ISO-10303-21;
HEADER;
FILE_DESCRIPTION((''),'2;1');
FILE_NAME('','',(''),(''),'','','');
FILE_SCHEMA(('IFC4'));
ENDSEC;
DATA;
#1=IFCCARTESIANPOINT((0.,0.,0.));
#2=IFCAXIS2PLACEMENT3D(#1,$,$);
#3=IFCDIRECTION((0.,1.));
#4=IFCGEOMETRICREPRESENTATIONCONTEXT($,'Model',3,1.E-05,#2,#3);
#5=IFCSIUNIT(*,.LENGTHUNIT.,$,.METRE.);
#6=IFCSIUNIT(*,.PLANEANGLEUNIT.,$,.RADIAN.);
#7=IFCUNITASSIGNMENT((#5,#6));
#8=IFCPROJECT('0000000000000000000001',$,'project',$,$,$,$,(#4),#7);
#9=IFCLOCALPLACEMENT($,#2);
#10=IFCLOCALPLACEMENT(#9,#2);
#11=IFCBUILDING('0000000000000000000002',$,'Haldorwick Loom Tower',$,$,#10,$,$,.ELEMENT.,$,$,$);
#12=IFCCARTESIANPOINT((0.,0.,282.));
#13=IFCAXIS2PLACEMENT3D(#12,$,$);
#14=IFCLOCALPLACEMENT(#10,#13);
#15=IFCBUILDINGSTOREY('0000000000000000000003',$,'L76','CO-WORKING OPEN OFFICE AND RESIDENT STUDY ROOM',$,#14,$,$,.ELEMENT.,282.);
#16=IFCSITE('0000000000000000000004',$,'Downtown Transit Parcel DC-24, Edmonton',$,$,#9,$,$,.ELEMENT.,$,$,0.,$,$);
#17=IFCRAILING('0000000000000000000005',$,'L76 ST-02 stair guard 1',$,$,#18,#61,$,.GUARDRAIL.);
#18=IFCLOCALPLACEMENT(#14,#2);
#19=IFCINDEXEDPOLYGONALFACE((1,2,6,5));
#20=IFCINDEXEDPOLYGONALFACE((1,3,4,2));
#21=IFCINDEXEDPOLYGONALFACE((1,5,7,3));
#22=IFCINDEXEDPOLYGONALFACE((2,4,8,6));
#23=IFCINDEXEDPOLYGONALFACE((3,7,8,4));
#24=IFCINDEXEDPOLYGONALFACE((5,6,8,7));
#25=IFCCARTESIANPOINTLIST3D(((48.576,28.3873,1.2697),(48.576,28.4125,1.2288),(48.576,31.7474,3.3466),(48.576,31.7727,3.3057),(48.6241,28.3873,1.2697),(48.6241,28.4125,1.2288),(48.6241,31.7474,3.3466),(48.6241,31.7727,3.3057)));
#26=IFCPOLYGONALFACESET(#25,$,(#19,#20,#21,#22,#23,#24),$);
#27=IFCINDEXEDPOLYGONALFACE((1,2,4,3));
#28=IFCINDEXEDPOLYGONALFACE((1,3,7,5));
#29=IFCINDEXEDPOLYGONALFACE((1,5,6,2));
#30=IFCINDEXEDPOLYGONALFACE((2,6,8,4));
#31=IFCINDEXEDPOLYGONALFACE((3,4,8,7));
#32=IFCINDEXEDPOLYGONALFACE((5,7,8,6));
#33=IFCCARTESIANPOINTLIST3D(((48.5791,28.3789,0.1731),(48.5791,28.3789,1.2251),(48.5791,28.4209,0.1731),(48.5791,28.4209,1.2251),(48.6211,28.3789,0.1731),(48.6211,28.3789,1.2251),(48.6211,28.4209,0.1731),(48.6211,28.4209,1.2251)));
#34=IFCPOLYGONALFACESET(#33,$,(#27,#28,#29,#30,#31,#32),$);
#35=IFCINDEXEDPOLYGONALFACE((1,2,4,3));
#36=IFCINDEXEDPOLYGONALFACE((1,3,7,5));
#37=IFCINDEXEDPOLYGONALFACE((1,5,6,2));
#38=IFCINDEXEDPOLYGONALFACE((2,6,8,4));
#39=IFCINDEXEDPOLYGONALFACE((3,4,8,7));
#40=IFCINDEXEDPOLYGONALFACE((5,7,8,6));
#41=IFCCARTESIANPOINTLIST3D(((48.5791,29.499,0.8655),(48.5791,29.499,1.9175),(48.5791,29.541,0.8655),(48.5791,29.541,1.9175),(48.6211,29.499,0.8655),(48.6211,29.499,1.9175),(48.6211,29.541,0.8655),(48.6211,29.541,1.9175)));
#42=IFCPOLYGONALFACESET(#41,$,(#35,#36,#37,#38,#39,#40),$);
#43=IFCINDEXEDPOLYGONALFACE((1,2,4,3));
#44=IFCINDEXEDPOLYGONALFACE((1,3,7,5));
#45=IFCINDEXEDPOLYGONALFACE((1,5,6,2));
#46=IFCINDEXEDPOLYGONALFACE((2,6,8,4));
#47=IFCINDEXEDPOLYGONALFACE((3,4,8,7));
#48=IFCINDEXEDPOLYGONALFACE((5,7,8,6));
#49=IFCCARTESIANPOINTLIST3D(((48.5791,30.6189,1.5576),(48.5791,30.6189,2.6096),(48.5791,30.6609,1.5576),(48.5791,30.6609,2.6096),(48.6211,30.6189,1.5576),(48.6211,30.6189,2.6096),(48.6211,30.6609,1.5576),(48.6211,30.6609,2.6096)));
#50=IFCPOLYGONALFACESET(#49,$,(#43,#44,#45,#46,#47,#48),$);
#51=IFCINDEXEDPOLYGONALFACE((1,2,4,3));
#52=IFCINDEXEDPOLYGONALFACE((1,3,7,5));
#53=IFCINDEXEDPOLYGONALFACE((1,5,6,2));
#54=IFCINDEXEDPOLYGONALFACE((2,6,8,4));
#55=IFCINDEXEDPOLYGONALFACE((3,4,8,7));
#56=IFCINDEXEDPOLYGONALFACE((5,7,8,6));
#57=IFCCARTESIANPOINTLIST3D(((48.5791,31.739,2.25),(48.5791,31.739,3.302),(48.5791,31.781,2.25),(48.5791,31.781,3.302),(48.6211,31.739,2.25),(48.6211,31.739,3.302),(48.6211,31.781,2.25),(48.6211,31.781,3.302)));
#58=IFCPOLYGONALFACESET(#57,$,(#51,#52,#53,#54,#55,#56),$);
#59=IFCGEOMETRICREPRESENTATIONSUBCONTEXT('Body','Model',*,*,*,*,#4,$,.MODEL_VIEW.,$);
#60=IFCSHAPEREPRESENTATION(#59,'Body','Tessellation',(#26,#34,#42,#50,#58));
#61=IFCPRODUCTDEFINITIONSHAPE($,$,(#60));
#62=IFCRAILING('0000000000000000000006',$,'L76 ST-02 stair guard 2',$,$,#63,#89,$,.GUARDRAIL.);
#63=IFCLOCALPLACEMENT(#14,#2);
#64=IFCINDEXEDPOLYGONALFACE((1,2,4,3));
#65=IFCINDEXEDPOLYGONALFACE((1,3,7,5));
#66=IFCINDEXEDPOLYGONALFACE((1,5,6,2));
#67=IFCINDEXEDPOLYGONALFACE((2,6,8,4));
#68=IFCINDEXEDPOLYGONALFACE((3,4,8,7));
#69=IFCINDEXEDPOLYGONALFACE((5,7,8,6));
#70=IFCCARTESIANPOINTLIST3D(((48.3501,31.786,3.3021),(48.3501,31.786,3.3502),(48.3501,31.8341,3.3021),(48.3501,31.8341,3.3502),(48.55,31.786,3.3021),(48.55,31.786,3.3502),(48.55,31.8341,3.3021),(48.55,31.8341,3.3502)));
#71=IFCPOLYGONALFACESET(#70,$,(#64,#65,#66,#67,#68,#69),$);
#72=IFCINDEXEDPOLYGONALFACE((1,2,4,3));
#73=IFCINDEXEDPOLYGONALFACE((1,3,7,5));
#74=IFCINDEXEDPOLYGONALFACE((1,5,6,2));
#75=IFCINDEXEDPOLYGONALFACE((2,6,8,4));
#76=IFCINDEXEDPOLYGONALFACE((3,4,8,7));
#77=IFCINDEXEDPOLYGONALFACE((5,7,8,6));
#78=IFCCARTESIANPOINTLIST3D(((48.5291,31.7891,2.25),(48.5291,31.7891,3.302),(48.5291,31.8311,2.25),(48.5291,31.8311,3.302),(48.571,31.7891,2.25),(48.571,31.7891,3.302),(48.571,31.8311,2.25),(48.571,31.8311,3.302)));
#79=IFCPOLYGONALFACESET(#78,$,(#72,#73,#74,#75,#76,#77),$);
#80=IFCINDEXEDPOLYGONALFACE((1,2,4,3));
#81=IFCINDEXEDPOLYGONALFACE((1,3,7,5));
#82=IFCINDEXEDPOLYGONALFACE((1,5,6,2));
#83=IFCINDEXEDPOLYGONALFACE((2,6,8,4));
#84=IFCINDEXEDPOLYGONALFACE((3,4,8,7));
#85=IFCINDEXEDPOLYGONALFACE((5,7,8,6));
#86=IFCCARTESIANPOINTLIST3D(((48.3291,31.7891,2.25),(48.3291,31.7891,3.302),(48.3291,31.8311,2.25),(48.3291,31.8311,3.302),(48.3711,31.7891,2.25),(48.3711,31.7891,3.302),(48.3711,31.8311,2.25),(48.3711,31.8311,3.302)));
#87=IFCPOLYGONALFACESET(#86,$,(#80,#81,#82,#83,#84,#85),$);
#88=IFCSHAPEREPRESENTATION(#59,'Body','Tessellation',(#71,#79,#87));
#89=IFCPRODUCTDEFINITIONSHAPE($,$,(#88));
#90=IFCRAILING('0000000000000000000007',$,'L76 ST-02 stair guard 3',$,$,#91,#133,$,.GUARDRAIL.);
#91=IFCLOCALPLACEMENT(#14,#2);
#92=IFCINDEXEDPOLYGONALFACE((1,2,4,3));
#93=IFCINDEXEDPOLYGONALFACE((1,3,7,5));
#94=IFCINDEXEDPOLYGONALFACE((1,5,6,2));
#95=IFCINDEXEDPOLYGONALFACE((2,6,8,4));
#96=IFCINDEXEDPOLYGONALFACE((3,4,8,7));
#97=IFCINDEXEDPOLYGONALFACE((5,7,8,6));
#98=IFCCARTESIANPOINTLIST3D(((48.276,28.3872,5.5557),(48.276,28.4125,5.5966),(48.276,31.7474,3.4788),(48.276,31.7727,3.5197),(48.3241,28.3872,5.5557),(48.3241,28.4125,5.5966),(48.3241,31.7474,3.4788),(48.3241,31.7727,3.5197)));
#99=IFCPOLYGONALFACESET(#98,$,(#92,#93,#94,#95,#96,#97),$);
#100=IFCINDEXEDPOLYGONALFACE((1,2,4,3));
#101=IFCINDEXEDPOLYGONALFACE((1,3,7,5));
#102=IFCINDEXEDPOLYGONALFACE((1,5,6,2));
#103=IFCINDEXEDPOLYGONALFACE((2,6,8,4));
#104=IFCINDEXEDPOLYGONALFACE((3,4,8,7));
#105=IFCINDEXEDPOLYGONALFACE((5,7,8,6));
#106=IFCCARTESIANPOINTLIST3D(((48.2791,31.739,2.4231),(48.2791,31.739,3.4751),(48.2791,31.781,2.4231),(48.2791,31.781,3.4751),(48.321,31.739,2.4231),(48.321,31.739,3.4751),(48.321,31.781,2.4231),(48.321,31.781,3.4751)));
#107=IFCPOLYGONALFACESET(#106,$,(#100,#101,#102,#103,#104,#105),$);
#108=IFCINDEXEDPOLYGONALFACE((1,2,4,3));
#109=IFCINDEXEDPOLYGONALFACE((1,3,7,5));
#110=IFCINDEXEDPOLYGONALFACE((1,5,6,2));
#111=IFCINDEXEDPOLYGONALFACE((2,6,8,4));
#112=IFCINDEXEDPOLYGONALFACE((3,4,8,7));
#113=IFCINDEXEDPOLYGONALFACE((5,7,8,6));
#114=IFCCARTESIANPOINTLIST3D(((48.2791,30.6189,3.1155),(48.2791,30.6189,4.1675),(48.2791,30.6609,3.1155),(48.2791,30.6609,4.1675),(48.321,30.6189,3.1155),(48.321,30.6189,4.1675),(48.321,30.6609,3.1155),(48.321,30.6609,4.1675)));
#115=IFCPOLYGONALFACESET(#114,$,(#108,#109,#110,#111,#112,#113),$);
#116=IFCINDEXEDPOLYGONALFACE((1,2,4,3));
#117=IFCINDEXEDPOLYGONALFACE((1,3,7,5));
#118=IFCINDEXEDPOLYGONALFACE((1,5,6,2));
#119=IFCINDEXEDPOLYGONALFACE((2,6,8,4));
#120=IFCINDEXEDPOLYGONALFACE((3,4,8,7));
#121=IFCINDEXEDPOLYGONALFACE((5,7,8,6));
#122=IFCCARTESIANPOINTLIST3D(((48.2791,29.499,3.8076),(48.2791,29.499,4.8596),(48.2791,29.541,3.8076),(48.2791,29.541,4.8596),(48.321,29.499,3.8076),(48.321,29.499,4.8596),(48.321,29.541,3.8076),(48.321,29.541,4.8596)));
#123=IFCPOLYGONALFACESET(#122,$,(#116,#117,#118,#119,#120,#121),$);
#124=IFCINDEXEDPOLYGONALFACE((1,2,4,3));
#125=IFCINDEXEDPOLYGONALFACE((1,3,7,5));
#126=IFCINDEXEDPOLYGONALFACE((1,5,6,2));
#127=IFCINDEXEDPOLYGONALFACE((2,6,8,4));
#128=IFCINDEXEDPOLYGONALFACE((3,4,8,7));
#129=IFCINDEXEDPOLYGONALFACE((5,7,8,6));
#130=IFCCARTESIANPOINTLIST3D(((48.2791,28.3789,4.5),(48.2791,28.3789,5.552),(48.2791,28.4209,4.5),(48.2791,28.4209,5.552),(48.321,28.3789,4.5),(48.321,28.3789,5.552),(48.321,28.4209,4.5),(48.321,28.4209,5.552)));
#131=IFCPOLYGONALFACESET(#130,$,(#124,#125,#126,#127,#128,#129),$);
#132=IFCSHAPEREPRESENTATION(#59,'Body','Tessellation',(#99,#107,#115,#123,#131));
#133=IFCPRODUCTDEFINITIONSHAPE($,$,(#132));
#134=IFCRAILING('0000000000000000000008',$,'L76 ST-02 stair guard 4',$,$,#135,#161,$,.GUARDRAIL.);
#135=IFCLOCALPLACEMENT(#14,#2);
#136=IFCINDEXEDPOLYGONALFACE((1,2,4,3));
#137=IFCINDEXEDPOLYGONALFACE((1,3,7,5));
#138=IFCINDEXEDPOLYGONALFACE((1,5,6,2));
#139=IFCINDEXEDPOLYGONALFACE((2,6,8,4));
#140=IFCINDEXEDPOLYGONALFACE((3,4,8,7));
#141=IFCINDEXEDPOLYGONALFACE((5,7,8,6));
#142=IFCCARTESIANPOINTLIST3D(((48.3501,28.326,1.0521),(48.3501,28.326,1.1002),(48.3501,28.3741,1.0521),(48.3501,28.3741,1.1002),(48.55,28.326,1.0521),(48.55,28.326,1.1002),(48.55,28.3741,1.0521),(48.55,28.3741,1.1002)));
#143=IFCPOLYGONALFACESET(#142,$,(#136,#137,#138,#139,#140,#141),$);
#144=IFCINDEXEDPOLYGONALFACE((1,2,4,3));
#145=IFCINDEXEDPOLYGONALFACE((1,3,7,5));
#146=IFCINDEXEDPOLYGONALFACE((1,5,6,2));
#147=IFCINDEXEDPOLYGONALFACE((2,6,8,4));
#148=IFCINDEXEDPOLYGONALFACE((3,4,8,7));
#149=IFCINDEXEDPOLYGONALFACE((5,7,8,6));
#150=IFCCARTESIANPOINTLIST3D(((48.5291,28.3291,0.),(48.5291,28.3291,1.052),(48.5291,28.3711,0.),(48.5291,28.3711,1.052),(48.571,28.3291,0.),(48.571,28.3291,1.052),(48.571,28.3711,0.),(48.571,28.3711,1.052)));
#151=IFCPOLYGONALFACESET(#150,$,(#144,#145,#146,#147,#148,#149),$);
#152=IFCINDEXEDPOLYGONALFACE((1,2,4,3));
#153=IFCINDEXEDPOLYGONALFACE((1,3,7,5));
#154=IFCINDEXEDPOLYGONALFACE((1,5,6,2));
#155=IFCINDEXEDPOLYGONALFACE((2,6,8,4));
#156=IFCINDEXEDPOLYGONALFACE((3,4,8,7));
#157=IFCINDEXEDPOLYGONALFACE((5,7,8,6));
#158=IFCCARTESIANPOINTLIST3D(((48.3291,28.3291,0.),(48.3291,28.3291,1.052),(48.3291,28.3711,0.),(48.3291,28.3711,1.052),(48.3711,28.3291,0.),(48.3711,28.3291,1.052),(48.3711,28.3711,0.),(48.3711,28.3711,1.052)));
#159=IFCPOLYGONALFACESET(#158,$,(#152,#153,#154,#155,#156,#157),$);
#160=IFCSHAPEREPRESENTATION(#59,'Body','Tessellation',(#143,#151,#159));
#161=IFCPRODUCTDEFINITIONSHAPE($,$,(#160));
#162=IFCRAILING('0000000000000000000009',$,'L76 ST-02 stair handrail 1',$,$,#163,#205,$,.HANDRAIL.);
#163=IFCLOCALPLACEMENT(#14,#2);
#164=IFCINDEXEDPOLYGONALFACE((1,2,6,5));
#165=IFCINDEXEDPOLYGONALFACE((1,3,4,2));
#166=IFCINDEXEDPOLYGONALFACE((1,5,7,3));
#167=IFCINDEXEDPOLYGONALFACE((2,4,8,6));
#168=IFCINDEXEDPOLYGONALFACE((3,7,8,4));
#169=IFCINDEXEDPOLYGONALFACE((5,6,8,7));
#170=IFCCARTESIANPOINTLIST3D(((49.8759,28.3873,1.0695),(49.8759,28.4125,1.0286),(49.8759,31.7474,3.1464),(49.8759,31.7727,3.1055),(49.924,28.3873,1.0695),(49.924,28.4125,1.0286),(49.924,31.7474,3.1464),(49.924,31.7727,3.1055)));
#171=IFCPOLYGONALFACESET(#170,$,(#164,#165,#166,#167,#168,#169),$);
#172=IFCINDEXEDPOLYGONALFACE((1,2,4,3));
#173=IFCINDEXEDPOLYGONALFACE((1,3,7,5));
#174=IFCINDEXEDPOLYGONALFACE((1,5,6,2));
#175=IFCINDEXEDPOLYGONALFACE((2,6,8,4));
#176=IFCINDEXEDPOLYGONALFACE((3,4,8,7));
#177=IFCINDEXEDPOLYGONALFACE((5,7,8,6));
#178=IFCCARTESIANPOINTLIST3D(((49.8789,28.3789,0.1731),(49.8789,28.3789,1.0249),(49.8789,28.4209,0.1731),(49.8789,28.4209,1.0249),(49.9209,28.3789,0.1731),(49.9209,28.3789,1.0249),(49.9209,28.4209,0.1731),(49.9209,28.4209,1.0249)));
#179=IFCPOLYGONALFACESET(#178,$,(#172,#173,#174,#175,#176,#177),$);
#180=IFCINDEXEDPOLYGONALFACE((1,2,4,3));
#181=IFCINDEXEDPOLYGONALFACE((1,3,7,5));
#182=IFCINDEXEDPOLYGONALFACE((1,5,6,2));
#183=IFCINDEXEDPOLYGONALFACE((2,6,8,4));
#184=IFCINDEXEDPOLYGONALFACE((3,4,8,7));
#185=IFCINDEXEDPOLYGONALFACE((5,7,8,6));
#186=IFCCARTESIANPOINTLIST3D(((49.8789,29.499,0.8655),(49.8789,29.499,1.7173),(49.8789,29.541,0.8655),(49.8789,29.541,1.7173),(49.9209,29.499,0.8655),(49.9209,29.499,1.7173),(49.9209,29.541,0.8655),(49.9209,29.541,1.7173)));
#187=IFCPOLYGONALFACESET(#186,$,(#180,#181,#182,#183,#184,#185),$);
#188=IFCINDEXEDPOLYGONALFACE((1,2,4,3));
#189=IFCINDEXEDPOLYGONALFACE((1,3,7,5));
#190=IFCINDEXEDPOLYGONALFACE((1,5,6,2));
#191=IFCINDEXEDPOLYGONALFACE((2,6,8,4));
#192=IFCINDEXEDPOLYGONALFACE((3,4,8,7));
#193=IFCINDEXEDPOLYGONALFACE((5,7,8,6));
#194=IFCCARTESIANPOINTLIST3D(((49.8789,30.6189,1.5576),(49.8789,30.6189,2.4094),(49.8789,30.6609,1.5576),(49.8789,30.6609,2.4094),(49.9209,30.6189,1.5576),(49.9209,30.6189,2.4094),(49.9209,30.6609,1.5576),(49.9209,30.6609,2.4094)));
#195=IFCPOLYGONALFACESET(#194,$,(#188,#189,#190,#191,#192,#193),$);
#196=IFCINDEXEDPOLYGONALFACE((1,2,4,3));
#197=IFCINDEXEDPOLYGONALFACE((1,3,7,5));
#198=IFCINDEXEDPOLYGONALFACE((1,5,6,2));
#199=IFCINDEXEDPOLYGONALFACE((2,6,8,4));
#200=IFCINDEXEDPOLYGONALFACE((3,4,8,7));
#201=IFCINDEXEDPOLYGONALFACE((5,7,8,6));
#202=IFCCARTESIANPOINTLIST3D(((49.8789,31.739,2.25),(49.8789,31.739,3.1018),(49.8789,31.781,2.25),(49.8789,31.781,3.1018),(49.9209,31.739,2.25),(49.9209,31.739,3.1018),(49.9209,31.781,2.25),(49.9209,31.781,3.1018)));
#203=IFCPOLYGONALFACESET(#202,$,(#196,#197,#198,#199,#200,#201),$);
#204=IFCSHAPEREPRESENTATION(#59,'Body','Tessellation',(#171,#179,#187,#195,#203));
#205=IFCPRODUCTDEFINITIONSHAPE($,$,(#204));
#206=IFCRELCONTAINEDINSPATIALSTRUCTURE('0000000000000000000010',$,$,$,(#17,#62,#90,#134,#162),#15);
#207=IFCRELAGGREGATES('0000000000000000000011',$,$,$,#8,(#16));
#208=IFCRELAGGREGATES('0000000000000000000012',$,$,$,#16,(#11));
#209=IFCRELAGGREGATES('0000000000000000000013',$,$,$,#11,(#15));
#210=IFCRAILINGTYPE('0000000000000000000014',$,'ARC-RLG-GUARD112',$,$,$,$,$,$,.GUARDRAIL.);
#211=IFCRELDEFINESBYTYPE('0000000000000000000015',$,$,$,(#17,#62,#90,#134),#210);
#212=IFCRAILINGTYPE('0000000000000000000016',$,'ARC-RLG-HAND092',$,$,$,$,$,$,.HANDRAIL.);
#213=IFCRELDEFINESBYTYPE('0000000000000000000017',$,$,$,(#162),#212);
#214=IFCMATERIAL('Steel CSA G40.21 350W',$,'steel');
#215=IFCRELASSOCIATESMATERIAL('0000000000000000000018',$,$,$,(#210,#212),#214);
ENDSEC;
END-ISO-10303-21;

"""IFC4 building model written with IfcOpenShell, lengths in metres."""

from ifc_helpers import new_model, si_unit, direction, frame, origin, origin_2d, place, context, subcontext, project, spatial, rectangle, extrude, material, type_object, element, save


model = new_model("IFC4")

# Units and contexts
model_context = context("Model", 3, precision=1e-05, world=origin(), true_north=direction((0.0, 1.0)))
body_context = subcontext(model_context, "Body", "Model", "MODEL_VIEW")
ifc_project = project(units=[si_unit("LENGTHUNIT", "METRE"), si_unit("PLANEANGLEUNIT", "RADIAN")], contexts=[model_context])

# Site, building, storey
site_placement = place(None, origin())
site = spatial("IfcSite", under=ifc_project, at=site_placement, Name="Downtown Transit Parcel DC-24, Edmonton", CompositionType="ELEMENT", RefElevation=0.0)
building_placement = place(site_placement, origin())
building = spatial("IfcBuilding", under=site, at=building_placement, Name="Haldorwick Loom Tower", CompositionType="ELEMENT")
storey_placement = place(building_placement, frame((0.0, 0.0, 282.0)))
storey = spatial("IfcBuildingStorey", under=building, at=storey_placement, Name="L76", Description="CO-WORKING OPEN OFFICE AND RESIDENT STUDY ROOM", CompositionType="ELEMENT", Elevation=282.0)

# Shared definitions
ifc_material_1 = material(Name="Steel CSA G40.21 350W", Category="steel")

# Railings
railing_type_1 = type_object("IfcRailingType", Name="ARC-RLG-GUARD112", PredefinedType="GUARDRAIL", material=ifc_material_1)
railing_1_placement = place(storey_placement, frame((48.6001, 28.3999, 0.1731)))
element("IfcRailing", 1, at=railing_1_placement, inside=storey, type_object=railing_type_1, Name="L76 ST-02 stair guard 1", PredefinedType="GUARDRAIL", context=body_context, shape_type="SweptSolid", body=[
    extrude(rectangle(XDim=0.0481, YDim=0.0481, at=origin_2d()), frame((0.0, 0.0, 1.0762), z_axis=(0.0, 0.850623, 0.525776), x_axis=(-1.0, 0.0, 0.0)), (0.0, 0.0, 1.0), 3.9502),
    extrude(rectangle(XDim=0.042, YDim=0.042, at=origin_2d()), origin(), (0.0, 0.0, 1.0), 1.052),
    extrude(rectangle(XDim=0.042, YDim=0.042, at=origin_2d()), frame((0.0, 1.1201, 0.6924)), (0.0, 0.0, 1.0), 1.052),
    extrude(rectangle(XDim=0.042, YDim=0.042, at=origin_2d()), frame((0.0, 2.24, 1.3845)), (0.0, 0.0, 1.0), 1.052),
    extrude(rectangle(XDim=0.042, YDim=0.042, at=origin_2d()), frame((0.0, 3.3601, 2.0769)), (0.0, 0.0, 1.0), 1.052),
])
railing_2_placement = place(storey_placement, frame((48.55, 31.8101, 2.25)))
element("IfcRailing", 2, at=railing_2_placement, inside=storey, type_object=railing_type_1, Name="L76 ST-02 stair guard 2", PredefinedType="GUARDRAIL", context=body_context, shape_type="SweptSolid", body=[
    extrude(rectangle(XDim=0.0481, YDim=0.0481, at=origin_2d()), frame((0.0, 0.0, 1.0762), z_axis=(-1.0, 0.0, 0.0), x_axis=(0.0, -1.0, 0.0)), (0.0, 0.0, 1.0), 0.2),
    extrude(rectangle(XDim=0.042, YDim=0.042, at=origin_2d()), origin(), (0.0, 0.0, 1.0), 1.052),
    extrude(rectangle(XDim=0.042, YDim=0.042, at=origin_2d()), frame((-0.2, 0.0, 0.0)), (0.0, 0.0, 1.0), 1.052),
])
railing_3_placement = place(storey_placement, frame((48.3, 31.76, 2.4231)))
element("IfcRailing", 3, at=railing_3_placement, inside=storey, type_object=railing_type_1, Name="L76 ST-02 stair guard 3", PredefinedType="GUARDRAIL", context=body_context, shape_type="SweptSolid", body=[
    extrude(rectangle(XDim=0.0481, YDim=0.0481, at=origin_2d()), frame((0.0, 0.0, 1.0762), z_axis=(0.0, -0.850623, 0.525776), x_axis=(1.0, 0.0, 0.0)), (0.0, 0.0, 1.0), 3.9502),
    extrude(rectangle(XDim=0.042, YDim=0.042, at=origin_2d()), origin(), (0.0, 0.0, 1.0), 1.052),
    extrude(rectangle(XDim=0.042, YDim=0.042, at=origin_2d()), frame((0.0, -1.1201, 0.6924)), (0.0, 0.0, 1.0), 1.052),
    extrude(rectangle(XDim=0.042, YDim=0.042, at=origin_2d()), frame((0.0, -2.24, 1.3845)), (0.0, 0.0, 1.0), 1.052),
    extrude(rectangle(XDim=0.042, YDim=0.042, at=origin_2d()), frame((0.0, -3.3601, 2.0769)), (0.0, 0.0, 1.0), 1.052),
])
railing_4_placement = place(storey_placement, frame((48.55, 28.3501, 0.0)))
element("IfcRailing", 4, at=railing_4_placement, inside=storey, type_object=railing_type_1, Name="L76 ST-02 stair guard 4", PredefinedType="GUARDRAIL", context=body_context, shape_type="SweptSolid", body=[
    extrude(rectangle(XDim=0.0481, YDim=0.0481, at=origin_2d()), frame((0.0, 0.0, 1.0762), z_axis=(-1.0, 0.0, 0.0), x_axis=(0.0, -1.0, 0.0)), (0.0, 0.0, 1.0), 0.2),
    extrude(rectangle(XDim=0.042, YDim=0.042, at=origin_2d()), origin(), (0.0, 0.0, 1.0), 1.052),
    extrude(rectangle(XDim=0.042, YDim=0.042, at=origin_2d()), frame((-0.2, 0.0, 0.0)), (0.0, 0.0, 1.0), 1.052),
])
railing_type_2 = type_object("IfcRailingType", Name="ARC-RLG-HAND092", PredefinedType="HANDRAIL", material=ifc_material_1)
railing_5_placement = place(storey_placement, frame((49.8999, 28.3999, 0.1731)))
element("IfcRailing", 5, at=railing_5_placement, inside=storey, type_object=railing_type_2, Name="L76 ST-02 stair handrail 1", PredefinedType="HANDRAIL", context=body_context, shape_type="SweptSolid", body=[
    extrude(rectangle(XDim=0.0481, YDim=0.0481, at=origin_2d()), frame((0.0, 0.0, 0.876), z_axis=(0.0, 0.850623, 0.525776), x_axis=(-1.0, 0.0, 0.0)), (0.0, 0.0, 1.0), 3.9502),
    extrude(rectangle(XDim=0.042, YDim=0.042, at=origin_2d()), origin(), (0.0, 0.0, 1.0), 0.8518),
    extrude(rectangle(XDim=0.042, YDim=0.042, at=origin_2d()), frame((0.0, 1.1201, 0.6924)), (0.0, 0.0, 1.0), 0.8518),
    extrude(rectangle(XDim=0.042, YDim=0.042, at=origin_2d()), frame((0.0, 2.24, 1.3845)), (0.0, 0.0, 1.0), 0.8518),
    extrude(rectangle(XDim=0.042, YDim=0.042, at=origin_2d()), frame((0.0, 3.3601, 2.0769)), (0.0, 0.0, 1.0), 0.8518),
])

save(model, "model.ifc")
